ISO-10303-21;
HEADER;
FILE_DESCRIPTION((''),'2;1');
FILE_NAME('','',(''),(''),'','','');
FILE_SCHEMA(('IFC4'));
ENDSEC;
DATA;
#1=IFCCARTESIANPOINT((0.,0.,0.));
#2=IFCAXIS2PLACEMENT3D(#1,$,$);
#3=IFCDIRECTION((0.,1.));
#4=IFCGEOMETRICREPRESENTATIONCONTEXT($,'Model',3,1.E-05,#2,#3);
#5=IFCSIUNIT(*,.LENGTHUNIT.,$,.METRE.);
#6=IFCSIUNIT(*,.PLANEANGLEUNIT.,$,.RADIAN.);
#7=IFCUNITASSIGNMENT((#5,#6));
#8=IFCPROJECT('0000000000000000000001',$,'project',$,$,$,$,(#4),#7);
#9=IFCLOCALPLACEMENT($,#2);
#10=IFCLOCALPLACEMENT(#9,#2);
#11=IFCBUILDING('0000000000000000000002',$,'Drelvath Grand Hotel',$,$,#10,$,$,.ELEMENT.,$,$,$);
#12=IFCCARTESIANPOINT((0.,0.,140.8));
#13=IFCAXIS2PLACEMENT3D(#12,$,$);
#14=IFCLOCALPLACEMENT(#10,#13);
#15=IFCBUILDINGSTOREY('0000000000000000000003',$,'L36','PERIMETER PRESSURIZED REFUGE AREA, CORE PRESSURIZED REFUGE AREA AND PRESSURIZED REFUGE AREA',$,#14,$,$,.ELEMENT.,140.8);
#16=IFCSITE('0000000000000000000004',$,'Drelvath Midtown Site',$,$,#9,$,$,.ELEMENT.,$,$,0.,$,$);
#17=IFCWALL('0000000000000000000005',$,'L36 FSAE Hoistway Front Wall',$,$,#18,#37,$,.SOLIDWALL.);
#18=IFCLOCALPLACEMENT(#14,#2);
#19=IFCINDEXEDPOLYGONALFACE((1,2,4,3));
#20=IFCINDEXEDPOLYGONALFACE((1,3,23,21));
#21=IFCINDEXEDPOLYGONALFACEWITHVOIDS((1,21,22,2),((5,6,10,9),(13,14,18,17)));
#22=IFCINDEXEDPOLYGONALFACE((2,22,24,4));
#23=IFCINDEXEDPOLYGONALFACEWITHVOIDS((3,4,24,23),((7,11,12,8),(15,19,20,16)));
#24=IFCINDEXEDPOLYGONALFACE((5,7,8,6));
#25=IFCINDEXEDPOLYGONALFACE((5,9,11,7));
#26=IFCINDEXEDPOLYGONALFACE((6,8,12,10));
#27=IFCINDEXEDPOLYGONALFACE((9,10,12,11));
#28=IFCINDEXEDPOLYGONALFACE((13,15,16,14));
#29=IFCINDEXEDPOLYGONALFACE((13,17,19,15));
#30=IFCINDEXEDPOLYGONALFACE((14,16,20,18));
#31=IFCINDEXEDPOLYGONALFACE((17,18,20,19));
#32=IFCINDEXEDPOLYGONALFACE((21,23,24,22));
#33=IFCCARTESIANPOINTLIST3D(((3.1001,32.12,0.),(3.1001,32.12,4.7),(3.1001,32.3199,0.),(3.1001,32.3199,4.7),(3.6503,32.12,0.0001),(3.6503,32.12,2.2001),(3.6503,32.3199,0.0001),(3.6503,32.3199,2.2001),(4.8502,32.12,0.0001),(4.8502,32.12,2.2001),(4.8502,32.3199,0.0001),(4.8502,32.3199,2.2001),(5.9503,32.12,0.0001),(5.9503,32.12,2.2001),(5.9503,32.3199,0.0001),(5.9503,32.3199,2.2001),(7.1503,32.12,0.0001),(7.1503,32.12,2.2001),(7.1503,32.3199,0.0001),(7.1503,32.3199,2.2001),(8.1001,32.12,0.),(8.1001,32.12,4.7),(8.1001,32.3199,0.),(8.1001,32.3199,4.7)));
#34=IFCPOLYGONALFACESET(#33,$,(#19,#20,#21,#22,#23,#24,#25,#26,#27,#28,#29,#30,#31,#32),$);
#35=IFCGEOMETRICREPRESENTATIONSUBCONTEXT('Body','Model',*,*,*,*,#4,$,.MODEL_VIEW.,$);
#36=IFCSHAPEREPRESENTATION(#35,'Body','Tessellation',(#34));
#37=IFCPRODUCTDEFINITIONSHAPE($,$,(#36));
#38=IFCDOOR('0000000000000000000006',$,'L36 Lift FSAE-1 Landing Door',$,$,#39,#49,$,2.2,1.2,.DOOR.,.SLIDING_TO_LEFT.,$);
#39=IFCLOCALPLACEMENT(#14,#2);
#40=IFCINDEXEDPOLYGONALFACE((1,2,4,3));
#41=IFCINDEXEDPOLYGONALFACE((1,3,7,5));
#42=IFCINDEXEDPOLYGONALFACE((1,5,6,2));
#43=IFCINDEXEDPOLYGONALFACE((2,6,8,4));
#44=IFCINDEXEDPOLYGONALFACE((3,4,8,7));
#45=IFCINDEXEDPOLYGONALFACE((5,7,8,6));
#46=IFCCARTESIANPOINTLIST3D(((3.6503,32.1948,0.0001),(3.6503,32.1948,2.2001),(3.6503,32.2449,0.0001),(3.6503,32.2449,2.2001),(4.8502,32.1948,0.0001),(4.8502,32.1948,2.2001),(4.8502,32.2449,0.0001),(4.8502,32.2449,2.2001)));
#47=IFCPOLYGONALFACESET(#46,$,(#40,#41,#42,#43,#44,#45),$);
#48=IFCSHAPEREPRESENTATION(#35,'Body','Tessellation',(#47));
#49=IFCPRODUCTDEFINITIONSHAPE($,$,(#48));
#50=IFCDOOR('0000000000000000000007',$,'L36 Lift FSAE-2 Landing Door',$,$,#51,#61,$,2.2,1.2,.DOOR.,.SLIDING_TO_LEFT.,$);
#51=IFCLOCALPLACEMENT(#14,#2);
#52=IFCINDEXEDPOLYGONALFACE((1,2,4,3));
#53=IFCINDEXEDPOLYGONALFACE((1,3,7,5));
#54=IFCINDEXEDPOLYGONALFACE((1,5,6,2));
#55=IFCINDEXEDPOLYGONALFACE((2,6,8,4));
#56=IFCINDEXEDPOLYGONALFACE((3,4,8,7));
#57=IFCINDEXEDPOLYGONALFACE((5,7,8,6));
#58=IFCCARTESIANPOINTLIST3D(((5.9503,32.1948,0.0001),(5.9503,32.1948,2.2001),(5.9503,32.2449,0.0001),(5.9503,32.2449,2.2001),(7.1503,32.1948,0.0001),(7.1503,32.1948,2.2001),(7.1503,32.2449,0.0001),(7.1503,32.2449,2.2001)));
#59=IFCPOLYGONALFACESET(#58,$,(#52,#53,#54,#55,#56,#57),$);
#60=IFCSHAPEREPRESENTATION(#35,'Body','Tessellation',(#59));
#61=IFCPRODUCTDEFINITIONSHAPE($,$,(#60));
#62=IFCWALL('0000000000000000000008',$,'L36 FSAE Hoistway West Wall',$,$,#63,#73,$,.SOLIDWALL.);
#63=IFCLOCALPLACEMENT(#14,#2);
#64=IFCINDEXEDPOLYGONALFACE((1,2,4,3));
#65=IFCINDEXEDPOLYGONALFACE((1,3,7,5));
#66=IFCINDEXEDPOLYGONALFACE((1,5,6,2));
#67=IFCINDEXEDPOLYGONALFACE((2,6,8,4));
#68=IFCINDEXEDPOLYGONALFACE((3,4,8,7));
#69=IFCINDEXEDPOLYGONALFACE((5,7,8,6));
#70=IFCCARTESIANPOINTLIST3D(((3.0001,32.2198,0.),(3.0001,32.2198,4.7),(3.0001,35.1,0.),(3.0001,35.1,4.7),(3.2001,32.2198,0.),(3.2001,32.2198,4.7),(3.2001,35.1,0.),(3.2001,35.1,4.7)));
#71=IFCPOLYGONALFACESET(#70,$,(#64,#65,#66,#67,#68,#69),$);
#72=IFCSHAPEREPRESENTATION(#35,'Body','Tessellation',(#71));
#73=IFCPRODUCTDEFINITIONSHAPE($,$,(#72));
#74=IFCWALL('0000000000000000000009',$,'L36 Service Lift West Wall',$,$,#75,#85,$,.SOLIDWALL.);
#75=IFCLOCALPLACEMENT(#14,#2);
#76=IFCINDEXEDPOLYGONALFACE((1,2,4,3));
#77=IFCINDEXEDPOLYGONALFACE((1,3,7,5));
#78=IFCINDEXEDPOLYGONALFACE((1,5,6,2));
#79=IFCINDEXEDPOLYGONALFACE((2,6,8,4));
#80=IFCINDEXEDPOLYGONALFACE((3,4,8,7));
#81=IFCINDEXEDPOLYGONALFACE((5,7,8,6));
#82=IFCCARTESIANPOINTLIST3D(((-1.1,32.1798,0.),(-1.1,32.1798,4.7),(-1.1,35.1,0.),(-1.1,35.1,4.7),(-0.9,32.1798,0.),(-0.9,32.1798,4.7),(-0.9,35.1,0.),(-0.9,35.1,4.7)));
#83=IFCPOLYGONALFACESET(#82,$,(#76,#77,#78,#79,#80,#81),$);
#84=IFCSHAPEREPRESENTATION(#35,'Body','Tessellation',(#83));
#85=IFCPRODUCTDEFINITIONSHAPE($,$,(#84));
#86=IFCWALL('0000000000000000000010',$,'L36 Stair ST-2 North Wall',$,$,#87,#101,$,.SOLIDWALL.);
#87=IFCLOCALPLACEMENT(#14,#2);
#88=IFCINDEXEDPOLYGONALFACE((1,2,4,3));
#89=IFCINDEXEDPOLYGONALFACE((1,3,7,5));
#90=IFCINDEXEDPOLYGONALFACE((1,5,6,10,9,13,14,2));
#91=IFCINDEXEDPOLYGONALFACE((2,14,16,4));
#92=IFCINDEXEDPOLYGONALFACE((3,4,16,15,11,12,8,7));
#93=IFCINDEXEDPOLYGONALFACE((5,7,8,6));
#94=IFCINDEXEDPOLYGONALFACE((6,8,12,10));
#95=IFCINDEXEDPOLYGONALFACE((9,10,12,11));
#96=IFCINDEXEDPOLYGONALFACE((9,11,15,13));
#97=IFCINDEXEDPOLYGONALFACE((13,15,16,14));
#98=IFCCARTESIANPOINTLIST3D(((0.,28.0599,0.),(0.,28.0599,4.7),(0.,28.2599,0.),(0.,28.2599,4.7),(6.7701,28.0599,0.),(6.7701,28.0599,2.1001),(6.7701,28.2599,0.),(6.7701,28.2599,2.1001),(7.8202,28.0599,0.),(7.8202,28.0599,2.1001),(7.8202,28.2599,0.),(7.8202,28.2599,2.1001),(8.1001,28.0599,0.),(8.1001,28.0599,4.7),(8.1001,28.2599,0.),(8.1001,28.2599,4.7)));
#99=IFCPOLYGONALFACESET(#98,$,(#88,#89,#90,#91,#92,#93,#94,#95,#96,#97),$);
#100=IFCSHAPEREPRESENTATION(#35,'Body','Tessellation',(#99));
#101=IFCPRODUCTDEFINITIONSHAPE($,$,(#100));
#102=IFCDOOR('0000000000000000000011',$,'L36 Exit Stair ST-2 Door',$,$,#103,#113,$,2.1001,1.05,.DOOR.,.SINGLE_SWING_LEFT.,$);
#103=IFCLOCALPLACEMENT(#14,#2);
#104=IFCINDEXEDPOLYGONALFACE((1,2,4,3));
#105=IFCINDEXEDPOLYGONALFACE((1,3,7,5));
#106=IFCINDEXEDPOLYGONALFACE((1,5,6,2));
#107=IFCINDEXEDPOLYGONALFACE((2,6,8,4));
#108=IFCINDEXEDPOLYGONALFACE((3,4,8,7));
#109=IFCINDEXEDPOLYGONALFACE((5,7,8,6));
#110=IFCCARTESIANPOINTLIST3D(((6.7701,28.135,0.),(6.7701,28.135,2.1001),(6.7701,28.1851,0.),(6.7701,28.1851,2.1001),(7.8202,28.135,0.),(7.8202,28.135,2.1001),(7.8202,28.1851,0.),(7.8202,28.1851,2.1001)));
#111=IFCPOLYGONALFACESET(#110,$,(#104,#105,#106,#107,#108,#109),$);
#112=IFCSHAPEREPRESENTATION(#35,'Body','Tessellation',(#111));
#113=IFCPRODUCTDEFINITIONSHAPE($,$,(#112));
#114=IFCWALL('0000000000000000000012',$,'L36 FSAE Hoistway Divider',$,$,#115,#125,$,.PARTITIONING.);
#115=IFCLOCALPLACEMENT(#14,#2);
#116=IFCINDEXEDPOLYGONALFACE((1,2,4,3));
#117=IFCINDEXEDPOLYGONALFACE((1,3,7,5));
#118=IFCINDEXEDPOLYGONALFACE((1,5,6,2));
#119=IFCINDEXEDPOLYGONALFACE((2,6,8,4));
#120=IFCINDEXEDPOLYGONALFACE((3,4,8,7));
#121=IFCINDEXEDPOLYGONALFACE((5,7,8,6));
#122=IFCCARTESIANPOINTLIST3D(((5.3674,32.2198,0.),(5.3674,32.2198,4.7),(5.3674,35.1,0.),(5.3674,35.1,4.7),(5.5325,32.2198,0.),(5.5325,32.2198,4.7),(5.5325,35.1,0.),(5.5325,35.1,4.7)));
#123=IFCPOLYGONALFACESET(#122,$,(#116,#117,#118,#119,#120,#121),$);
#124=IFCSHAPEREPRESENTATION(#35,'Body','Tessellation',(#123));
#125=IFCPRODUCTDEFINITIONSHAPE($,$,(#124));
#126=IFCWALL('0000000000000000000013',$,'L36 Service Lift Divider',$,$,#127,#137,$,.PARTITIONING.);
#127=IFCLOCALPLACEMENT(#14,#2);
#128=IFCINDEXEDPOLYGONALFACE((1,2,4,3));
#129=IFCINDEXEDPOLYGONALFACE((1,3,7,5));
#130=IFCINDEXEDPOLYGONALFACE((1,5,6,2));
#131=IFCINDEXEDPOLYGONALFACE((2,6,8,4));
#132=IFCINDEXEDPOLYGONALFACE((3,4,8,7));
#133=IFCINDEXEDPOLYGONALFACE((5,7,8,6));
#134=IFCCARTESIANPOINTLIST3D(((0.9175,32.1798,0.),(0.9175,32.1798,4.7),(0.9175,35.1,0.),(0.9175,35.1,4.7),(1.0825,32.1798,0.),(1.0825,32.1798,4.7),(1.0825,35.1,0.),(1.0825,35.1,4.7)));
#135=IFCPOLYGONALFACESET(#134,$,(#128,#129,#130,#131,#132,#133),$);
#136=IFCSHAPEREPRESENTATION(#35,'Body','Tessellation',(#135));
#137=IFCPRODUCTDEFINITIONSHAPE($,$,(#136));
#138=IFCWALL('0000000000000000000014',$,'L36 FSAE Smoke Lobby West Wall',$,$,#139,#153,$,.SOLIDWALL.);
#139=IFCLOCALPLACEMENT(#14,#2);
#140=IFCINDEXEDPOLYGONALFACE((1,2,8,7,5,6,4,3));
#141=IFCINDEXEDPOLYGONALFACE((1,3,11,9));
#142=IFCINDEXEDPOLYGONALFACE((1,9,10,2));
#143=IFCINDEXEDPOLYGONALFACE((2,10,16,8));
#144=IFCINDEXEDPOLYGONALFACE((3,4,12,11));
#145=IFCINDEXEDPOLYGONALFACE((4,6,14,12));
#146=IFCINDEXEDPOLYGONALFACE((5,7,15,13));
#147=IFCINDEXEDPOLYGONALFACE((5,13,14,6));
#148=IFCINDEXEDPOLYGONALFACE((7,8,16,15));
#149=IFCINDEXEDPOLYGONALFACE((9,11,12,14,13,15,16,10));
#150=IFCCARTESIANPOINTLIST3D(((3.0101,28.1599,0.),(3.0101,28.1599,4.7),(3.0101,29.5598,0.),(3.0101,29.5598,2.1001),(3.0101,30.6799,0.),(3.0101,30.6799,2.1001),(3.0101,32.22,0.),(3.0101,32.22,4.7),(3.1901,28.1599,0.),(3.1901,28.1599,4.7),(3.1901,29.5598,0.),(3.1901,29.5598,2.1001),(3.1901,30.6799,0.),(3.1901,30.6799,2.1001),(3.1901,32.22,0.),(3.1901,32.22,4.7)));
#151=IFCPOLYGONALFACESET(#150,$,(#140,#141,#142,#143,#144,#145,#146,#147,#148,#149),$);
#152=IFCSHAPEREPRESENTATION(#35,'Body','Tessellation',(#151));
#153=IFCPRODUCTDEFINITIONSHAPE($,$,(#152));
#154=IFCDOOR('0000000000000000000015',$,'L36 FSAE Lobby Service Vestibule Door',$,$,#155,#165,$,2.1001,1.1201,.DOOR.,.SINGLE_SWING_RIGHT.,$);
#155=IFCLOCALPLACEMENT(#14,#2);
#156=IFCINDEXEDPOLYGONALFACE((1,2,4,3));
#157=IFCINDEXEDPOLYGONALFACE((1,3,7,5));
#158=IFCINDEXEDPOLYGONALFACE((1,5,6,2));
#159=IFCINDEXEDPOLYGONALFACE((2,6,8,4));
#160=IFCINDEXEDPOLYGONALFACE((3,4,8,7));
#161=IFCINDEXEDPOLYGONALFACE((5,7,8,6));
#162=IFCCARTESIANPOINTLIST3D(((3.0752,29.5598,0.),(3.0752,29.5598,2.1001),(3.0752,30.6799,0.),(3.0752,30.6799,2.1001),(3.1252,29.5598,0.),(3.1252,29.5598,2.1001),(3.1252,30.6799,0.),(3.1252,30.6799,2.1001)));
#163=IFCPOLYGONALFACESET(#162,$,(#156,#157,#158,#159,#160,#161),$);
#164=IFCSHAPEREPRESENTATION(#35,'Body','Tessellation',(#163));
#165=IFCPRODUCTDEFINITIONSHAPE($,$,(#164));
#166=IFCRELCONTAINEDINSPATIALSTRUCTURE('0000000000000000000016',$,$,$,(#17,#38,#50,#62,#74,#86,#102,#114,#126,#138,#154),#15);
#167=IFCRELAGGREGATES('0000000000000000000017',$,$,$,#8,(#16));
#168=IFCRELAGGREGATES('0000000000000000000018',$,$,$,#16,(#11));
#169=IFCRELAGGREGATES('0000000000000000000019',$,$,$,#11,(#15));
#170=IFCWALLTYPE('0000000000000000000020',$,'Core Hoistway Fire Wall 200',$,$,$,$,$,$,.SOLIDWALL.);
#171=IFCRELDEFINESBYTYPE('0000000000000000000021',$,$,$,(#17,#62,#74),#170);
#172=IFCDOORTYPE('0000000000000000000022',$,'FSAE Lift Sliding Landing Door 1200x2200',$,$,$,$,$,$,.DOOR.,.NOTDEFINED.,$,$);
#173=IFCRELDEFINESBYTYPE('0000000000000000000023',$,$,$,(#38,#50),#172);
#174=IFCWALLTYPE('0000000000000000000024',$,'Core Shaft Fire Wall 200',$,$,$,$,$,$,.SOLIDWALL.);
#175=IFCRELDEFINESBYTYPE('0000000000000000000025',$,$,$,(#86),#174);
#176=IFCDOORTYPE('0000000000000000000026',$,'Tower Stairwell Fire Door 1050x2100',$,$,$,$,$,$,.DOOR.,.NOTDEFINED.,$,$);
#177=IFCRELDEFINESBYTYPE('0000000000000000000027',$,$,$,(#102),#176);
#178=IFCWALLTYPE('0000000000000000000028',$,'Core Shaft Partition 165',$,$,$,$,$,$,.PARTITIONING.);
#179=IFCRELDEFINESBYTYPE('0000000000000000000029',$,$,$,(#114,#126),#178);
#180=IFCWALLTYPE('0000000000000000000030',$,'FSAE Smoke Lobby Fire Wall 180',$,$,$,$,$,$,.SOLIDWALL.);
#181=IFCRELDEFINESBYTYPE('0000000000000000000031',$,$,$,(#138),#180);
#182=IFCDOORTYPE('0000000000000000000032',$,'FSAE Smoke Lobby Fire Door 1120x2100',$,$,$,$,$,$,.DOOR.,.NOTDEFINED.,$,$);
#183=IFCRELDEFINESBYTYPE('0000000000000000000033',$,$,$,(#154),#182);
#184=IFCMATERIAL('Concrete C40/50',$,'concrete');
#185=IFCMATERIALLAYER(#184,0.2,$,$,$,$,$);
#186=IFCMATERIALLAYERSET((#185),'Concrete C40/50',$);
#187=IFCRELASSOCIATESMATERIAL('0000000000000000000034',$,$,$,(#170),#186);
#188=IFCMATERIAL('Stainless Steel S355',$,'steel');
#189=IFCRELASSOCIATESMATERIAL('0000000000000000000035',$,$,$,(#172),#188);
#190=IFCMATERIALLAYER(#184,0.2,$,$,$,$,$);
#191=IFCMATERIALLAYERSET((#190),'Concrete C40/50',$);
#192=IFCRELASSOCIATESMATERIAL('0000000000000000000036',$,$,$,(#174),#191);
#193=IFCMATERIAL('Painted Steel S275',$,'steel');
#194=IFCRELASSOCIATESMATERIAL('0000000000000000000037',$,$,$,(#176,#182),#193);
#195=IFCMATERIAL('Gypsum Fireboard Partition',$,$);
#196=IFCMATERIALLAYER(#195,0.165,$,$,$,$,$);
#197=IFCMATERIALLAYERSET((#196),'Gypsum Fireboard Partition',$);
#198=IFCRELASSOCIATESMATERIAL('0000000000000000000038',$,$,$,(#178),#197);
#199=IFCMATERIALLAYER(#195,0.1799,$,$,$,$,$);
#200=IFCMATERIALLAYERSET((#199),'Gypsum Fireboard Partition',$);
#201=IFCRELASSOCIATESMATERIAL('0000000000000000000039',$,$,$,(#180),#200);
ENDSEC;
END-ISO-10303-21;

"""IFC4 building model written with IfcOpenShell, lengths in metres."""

from ifc_helpers import new_model, si_unit, direction, frame, frame_2d, origin, place, context, subcontext, project, spatial, rectangle, extrude, material, layer, layer_set, type_object, element, fill, save


model = new_model("IFC4")

# Units and contexts
model_context = context("Model", 3, precision=1e-05, world=origin(), true_north=direction((0.0, 1.0)))
body_context = subcontext(model_context, "Body", "Model", "MODEL_VIEW")
ifc_project = project(units=[si_unit("LENGTHUNIT", "METRE"), si_unit("PLANEANGLEUNIT", "RADIAN")], contexts=[model_context])

# Site, building, storey
site_placement = place(None, origin())
site = spatial("IfcSite", under=ifc_project, at=site_placement, Name="Drelvath Midtown Site", CompositionType="ELEMENT", RefElevation=0.0)
building_placement = place(site_placement, origin())
building = spatial("IfcBuilding", under=site, at=building_placement, Name="Drelvath Grand Hotel", CompositionType="ELEMENT")
storey_placement = place(building_placement, frame((0.0, 0.0, 140.8)))
storey = spatial("IfcBuildingStorey", under=building, at=storey_placement, Name="L36", Description="PERIMETER PRESSURIZED REFUGE AREA, CORE PRESSURIZED REFUGE AREA AND PRESSURIZED REFUGE AREA", CompositionType="ELEMENT", Elevation=140.8)

# Wall, openings, doors
ifc_material_1 = material(Name="Concrete C40/50", Category="concrete")
ifc_layer_1 = layer(ifc_material_1, 0.2)
ifc_layer_set_1 = layer_set([ifc_layer_1], Name="Concrete C40/50")
wall_type_1 = type_object("IfcWallType", Name="Core Hoistway Fire Wall 200", PredefinedType="SOLIDWALL", material=ifc_layer_set_1)
wall_1_placement = place(storey_placement, frame((3.1001, 32.22, 0.0), z_axis=(0.0, 0.0, 1.0), x_axis=(1.0, 0.0, 0.0)))
wall_1 = element("IfcWall", 1, at=wall_1_placement, inside=storey, type_object=wall_type_1, Name="L36 FSAE Hoistway Front Wall", PredefinedType="SOLIDWALL", context=body_context, shape_type="SweptSolid", body=[
    extrude(rectangle(XDim=5.0, YDim=0.2, at=frame_2d((2.5, 0.0))), origin(), (0.0, 0.0, 1.0), 4.7),
])
opening_1_placement = place(wall_1_placement, frame((0.55, 0.0, 0.0)))
opening_1 = element("IfcOpeningElement", 2, at=opening_1_placement, cuts=wall_1, PredefinedType="OPENING", context=body_context, shape_type="SweptSolid", body=[
    extrude(rectangle(XDim=1.2, YDim=2.2, at=frame_2d((0.6001, 1.1001))), frame((0.0, 0.1099, 0.0), z_axis=(0.0, -1.0, 0.0), x_axis=(1.0, 0.0, 0.0)), (0.0, 0.0, 1.0), 0.22),
])
opening_2_placement = place(wall_1_placement, frame((2.8501, 0.0, 0.0)))
opening_2 = element("IfcOpeningElement", 3, at=opening_2_placement, cuts=wall_1, PredefinedType="OPENING", context=body_context, shape_type="SweptSolid", body=[
    extrude(rectangle(XDim=1.2, YDim=2.2, at=frame_2d((0.6001, 1.1001))), frame((0.0, 0.1099, 0.0), z_axis=(0.0, -1.0, 0.0), x_axis=(1.0, 0.0, 0.0)), (0.0, 0.0, 1.0), 0.22),
])
ifc_material_2 = material(Name="Stainless Steel S355", Category="steel")
door_type_1 = type_object("IfcDoorType", Name="FSAE Lift Sliding Landing Door 1200x2200", OperationType="NOTDEFINED", PredefinedType="DOOR", material=ifc_material_2)
door_1_placement = place(opening_1_placement, origin())
door_1 = element("IfcDoor", 4, at=door_1_placement, inside=storey, type_object=door_type_1, Name="L36 Lift FSAE-1 Landing Door", OperationType="SLIDING_TO_LEFT", OverallHeight=2.2, OverallWidth=1.2, PredefinedType="DOOR", context=body_context, shape_type="SweptSolid", body=[
    extrude(rectangle(XDim=1.2, YDim=2.2, at=frame_2d((0.6001, 1.1001))), frame((0.0, 0.0249, 0.0), z_axis=(0.0, -1.0, 0.0), x_axis=(1.0, 0.0, 0.0)), (0.0, 0.0, 1.0), 0.05),
])
fill(opening_1, door_1)
door_2_placement = place(opening_2_placement, origin())
door_2 = element("IfcDoor", 5, at=door_2_placement, inside=storey, type_object=door_type_1, Name="L36 Lift FSAE-2 Landing Door", OperationType="SLIDING_TO_LEFT", OverallHeight=2.2, OverallWidth=1.2, PredefinedType="DOOR", context=body_context, shape_type="SweptSolid", body=[
    extrude(rectangle(XDim=1.2, YDim=2.2, at=frame_2d((0.6001, 1.1001))), frame((0.0, 0.0249, 0.0), z_axis=(0.0, -1.0, 0.0), x_axis=(1.0, 0.0, 0.0)), (0.0, 0.0, 1.0), 0.05),
])
fill(opening_2, door_2)

# Walls
wall_2_placement = place(storey_placement, frame((3.1001, 32.22, 0.0), z_axis=(0.0, 0.0, 1.0), x_axis=(0.0, 1.0, 0.0)))
element("IfcWall", 6, at=wall_2_placement, inside=storey, type_object=wall_type_1, Name="L36 FSAE Hoistway West Wall", PredefinedType="SOLIDWALL", context=body_context, shape_type="SweptSolid", body=[
    extrude(rectangle(XDim=2.8801, YDim=0.2, at=frame_2d((1.4399, 0.0))), origin(), (0.0, 0.0, 1.0), 4.7),
])
wall_3_placement = place(storey_placement, frame((-1.0, 32.1799, 0.0), z_axis=(0.0, 0.0, 1.0), x_axis=(0.0, 1.0, 0.0)))
element("IfcWall", 7, at=wall_3_placement, inside=storey, type_object=wall_type_1, Name="L36 Service Lift West Wall", PredefinedType="SOLIDWALL", context=body_context, shape_type="SweptSolid", body=[
    extrude(rectangle(XDim=2.9202, YDim=0.2, at=frame_2d((1.46, 0.0))), origin(), (0.0, 0.0, 1.0), 4.7),
])

# Wall, opening, door
ifc_layer_2 = layer(ifc_material_1, 0.2)
ifc_layer_set_2 = layer_set([ifc_layer_2], Name="Concrete C40/50")
wall_type_2 = type_object("IfcWallType", Name="Core Shaft Fire Wall 200", PredefinedType="SOLIDWALL", material=ifc_layer_set_2)
wall_4_placement = place(storey_placement, frame((8.1001, 28.1599, 0.0), z_axis=(0.0, 0.0, 1.0), x_axis=(-1.0, 0.0, 0.0)))
wall_4 = element("IfcWall", 8, at=wall_4_placement, inside=storey, type_object=wall_type_2, Name="L36 Stair ST-2 North Wall", PredefinedType="SOLIDWALL", context=body_context, shape_type="SweptSolid", body=[
    extrude(rectangle(XDim=8.1001, YDim=0.2, at=frame_2d((4.05, 0.0))), origin(), (0.0, 0.0, 1.0), 4.7),
])
opening_3_placement = place(wall_4_placement, frame((0.28, 0.0, 0.0)))
opening_3 = element("IfcOpeningElement", 9, at=opening_3_placement, cuts=wall_4, PredefinedType="OPENING", context=body_context, shape_type="SweptSolid", body=[
    extrude(rectangle(XDim=1.05, YDim=2.1001, at=frame_2d((0.5249, 1.05))), frame((0.0, 0.1099, 0.0), z_axis=(0.0, -1.0, 0.0), x_axis=(1.0, 0.0, 0.0)), (0.0, 0.0, 1.0), 0.22),
])
ifc_material_3 = material(Name="Painted Steel S275", Category="steel")
door_type_2 = type_object("IfcDoorType", Name="Tower Stairwell Fire Door 1050x2100", OperationType="NOTDEFINED", PredefinedType="DOOR", material=ifc_material_3)
door_3_placement = place(opening_3_placement, origin())
door_3 = element("IfcDoor", 10, at=door_3_placement, inside=storey, type_object=door_type_2, Name="L36 Exit Stair ST-2 Door", OperationType="SINGLE_SWING_LEFT", OverallHeight=2.1001, OverallWidth=1.05, PredefinedType="DOOR", context=body_context, shape_type="SweptSolid", body=[
    extrude(rectangle(XDim=1.05, YDim=2.1001, at=frame_2d((0.5249, 1.05))), frame((0.0, 0.0249, 0.0), z_axis=(0.0, -1.0, 0.0), x_axis=(1.0, 0.0, 0.0)), (0.0, 0.0, 1.0), 0.05),
])
fill(opening_3, door_3)

# Walls
ifc_material_4 = material(Name="Gypsum Fireboard Partition")
ifc_layer_3 = layer(ifc_material_4, 0.165)
ifc_layer_set_3 = layer_set([ifc_layer_3], Name="Gypsum Fireboard Partition")
wall_type_3 = type_object("IfcWallType", Name="Core Shaft Partition 165", PredefinedType="PARTITIONING", material=ifc_layer_set_3)
wall_5_placement = place(storey_placement, frame((5.45, 32.22, 0.0), z_axis=(0.0, 0.0, 1.0), x_axis=(0.0, 1.0, 0.0)))
element("IfcWall", 11, at=wall_5_placement, inside=storey, type_object=wall_type_3, Name="L36 FSAE Hoistway Divider", PredefinedType="PARTITIONING", context=body_context, shape_type="SweptSolid", body=[
    extrude(rectangle(XDim=2.8801, YDim=0.165, at=frame_2d((1.4399, 0.0))), origin(), (0.0, 0.0, 1.0), 4.7),
])
wall_6_placement = place(storey_placement, frame((1.0, 32.1799, 0.0), z_axis=(0.0, 0.0, 1.0), x_axis=(0.0, 1.0, 0.0)))
element("IfcWall", 12, at=wall_6_placement, inside=storey, type_object=wall_type_3, Name="L36 Service Lift Divider", PredefinedType="PARTITIONING", context=body_context, shape_type="SweptSolid", body=[
    extrude(rectangle(XDim=2.9202, YDim=0.165, at=frame_2d((1.46, 0.0))), origin(), (0.0, 0.0, 1.0), 4.7),
])

# Wall, opening, door
ifc_layer_4 = layer(ifc_material_4, 0.1799)
ifc_layer_set_4 = layer_set([ifc_layer_4], Name="Gypsum Fireboard Partition")
wall_type_4 = type_object("IfcWallType", Name="FSAE Smoke Lobby Fire Wall 180", PredefinedType="SOLIDWALL", material=ifc_layer_set_4)
wall_7_placement = place(storey_placement, frame((3.1001, 28.1599, 0.0), z_axis=(0.0, 0.0, 1.0), x_axis=(0.0, 1.0, 0.0)))
wall_7 = element("IfcWall", 13, at=wall_7_placement, inside=storey, type_object=wall_type_4, Name="L36 FSAE Smoke Lobby West Wall", PredefinedType="SOLIDWALL", context=body_context, shape_type="SweptSolid", body=[
    extrude(rectangle(XDim=4.0601, YDim=0.1799, at=frame_2d((2.03, 0.0))), origin(), (0.0, 0.0, 1.0), 4.7),
])
opening_4_placement = place(wall_7_placement, frame((1.3999, 0.0, 0.0)))
opening_4 = element("IfcOpeningElement", 14, at=opening_4_placement, cuts=wall_7, PredefinedType="OPENING", context=body_context, shape_type="SweptSolid", body=[
    extrude(rectangle(XDim=1.1201, YDim=2.1001, at=frame_2d((0.5601, 1.05))), frame((0.0, 0.0999, 0.0), z_axis=(0.0, -1.0, 0.0), x_axis=(1.0, 0.0, 0.0)), (0.0, 0.0, 1.0), 0.2),
])
door_type_3 = type_object("IfcDoorType", Name="FSAE Smoke Lobby Fire Door 1120x2100", OperationType="NOTDEFINED", PredefinedType="DOOR", material=ifc_material_3)
door_4_placement = place(opening_4_placement, origin())
door_4 = element("IfcDoor", 15, at=door_4_placement, inside=storey, type_object=door_type_3, Name="L36 FSAE Lobby Service Vestibule Door", OperationType="SINGLE_SWING_RIGHT", OverallHeight=2.1001, OverallWidth=1.1201, PredefinedType="DOOR", context=body_context, shape_type="SweptSolid", body=[
    extrude(rectangle(XDim=1.1201, YDim=2.1001, at=frame_2d((0.5601, 1.05))), frame((0.0, 0.0249, 0.0), z_axis=(0.0, -1.0, 0.0), x_axis=(1.0, 0.0, 0.0)), (0.0, 0.0, 1.0), 0.05),
])
fill(opening_4, door_4)

save(model, "model.ifc")
